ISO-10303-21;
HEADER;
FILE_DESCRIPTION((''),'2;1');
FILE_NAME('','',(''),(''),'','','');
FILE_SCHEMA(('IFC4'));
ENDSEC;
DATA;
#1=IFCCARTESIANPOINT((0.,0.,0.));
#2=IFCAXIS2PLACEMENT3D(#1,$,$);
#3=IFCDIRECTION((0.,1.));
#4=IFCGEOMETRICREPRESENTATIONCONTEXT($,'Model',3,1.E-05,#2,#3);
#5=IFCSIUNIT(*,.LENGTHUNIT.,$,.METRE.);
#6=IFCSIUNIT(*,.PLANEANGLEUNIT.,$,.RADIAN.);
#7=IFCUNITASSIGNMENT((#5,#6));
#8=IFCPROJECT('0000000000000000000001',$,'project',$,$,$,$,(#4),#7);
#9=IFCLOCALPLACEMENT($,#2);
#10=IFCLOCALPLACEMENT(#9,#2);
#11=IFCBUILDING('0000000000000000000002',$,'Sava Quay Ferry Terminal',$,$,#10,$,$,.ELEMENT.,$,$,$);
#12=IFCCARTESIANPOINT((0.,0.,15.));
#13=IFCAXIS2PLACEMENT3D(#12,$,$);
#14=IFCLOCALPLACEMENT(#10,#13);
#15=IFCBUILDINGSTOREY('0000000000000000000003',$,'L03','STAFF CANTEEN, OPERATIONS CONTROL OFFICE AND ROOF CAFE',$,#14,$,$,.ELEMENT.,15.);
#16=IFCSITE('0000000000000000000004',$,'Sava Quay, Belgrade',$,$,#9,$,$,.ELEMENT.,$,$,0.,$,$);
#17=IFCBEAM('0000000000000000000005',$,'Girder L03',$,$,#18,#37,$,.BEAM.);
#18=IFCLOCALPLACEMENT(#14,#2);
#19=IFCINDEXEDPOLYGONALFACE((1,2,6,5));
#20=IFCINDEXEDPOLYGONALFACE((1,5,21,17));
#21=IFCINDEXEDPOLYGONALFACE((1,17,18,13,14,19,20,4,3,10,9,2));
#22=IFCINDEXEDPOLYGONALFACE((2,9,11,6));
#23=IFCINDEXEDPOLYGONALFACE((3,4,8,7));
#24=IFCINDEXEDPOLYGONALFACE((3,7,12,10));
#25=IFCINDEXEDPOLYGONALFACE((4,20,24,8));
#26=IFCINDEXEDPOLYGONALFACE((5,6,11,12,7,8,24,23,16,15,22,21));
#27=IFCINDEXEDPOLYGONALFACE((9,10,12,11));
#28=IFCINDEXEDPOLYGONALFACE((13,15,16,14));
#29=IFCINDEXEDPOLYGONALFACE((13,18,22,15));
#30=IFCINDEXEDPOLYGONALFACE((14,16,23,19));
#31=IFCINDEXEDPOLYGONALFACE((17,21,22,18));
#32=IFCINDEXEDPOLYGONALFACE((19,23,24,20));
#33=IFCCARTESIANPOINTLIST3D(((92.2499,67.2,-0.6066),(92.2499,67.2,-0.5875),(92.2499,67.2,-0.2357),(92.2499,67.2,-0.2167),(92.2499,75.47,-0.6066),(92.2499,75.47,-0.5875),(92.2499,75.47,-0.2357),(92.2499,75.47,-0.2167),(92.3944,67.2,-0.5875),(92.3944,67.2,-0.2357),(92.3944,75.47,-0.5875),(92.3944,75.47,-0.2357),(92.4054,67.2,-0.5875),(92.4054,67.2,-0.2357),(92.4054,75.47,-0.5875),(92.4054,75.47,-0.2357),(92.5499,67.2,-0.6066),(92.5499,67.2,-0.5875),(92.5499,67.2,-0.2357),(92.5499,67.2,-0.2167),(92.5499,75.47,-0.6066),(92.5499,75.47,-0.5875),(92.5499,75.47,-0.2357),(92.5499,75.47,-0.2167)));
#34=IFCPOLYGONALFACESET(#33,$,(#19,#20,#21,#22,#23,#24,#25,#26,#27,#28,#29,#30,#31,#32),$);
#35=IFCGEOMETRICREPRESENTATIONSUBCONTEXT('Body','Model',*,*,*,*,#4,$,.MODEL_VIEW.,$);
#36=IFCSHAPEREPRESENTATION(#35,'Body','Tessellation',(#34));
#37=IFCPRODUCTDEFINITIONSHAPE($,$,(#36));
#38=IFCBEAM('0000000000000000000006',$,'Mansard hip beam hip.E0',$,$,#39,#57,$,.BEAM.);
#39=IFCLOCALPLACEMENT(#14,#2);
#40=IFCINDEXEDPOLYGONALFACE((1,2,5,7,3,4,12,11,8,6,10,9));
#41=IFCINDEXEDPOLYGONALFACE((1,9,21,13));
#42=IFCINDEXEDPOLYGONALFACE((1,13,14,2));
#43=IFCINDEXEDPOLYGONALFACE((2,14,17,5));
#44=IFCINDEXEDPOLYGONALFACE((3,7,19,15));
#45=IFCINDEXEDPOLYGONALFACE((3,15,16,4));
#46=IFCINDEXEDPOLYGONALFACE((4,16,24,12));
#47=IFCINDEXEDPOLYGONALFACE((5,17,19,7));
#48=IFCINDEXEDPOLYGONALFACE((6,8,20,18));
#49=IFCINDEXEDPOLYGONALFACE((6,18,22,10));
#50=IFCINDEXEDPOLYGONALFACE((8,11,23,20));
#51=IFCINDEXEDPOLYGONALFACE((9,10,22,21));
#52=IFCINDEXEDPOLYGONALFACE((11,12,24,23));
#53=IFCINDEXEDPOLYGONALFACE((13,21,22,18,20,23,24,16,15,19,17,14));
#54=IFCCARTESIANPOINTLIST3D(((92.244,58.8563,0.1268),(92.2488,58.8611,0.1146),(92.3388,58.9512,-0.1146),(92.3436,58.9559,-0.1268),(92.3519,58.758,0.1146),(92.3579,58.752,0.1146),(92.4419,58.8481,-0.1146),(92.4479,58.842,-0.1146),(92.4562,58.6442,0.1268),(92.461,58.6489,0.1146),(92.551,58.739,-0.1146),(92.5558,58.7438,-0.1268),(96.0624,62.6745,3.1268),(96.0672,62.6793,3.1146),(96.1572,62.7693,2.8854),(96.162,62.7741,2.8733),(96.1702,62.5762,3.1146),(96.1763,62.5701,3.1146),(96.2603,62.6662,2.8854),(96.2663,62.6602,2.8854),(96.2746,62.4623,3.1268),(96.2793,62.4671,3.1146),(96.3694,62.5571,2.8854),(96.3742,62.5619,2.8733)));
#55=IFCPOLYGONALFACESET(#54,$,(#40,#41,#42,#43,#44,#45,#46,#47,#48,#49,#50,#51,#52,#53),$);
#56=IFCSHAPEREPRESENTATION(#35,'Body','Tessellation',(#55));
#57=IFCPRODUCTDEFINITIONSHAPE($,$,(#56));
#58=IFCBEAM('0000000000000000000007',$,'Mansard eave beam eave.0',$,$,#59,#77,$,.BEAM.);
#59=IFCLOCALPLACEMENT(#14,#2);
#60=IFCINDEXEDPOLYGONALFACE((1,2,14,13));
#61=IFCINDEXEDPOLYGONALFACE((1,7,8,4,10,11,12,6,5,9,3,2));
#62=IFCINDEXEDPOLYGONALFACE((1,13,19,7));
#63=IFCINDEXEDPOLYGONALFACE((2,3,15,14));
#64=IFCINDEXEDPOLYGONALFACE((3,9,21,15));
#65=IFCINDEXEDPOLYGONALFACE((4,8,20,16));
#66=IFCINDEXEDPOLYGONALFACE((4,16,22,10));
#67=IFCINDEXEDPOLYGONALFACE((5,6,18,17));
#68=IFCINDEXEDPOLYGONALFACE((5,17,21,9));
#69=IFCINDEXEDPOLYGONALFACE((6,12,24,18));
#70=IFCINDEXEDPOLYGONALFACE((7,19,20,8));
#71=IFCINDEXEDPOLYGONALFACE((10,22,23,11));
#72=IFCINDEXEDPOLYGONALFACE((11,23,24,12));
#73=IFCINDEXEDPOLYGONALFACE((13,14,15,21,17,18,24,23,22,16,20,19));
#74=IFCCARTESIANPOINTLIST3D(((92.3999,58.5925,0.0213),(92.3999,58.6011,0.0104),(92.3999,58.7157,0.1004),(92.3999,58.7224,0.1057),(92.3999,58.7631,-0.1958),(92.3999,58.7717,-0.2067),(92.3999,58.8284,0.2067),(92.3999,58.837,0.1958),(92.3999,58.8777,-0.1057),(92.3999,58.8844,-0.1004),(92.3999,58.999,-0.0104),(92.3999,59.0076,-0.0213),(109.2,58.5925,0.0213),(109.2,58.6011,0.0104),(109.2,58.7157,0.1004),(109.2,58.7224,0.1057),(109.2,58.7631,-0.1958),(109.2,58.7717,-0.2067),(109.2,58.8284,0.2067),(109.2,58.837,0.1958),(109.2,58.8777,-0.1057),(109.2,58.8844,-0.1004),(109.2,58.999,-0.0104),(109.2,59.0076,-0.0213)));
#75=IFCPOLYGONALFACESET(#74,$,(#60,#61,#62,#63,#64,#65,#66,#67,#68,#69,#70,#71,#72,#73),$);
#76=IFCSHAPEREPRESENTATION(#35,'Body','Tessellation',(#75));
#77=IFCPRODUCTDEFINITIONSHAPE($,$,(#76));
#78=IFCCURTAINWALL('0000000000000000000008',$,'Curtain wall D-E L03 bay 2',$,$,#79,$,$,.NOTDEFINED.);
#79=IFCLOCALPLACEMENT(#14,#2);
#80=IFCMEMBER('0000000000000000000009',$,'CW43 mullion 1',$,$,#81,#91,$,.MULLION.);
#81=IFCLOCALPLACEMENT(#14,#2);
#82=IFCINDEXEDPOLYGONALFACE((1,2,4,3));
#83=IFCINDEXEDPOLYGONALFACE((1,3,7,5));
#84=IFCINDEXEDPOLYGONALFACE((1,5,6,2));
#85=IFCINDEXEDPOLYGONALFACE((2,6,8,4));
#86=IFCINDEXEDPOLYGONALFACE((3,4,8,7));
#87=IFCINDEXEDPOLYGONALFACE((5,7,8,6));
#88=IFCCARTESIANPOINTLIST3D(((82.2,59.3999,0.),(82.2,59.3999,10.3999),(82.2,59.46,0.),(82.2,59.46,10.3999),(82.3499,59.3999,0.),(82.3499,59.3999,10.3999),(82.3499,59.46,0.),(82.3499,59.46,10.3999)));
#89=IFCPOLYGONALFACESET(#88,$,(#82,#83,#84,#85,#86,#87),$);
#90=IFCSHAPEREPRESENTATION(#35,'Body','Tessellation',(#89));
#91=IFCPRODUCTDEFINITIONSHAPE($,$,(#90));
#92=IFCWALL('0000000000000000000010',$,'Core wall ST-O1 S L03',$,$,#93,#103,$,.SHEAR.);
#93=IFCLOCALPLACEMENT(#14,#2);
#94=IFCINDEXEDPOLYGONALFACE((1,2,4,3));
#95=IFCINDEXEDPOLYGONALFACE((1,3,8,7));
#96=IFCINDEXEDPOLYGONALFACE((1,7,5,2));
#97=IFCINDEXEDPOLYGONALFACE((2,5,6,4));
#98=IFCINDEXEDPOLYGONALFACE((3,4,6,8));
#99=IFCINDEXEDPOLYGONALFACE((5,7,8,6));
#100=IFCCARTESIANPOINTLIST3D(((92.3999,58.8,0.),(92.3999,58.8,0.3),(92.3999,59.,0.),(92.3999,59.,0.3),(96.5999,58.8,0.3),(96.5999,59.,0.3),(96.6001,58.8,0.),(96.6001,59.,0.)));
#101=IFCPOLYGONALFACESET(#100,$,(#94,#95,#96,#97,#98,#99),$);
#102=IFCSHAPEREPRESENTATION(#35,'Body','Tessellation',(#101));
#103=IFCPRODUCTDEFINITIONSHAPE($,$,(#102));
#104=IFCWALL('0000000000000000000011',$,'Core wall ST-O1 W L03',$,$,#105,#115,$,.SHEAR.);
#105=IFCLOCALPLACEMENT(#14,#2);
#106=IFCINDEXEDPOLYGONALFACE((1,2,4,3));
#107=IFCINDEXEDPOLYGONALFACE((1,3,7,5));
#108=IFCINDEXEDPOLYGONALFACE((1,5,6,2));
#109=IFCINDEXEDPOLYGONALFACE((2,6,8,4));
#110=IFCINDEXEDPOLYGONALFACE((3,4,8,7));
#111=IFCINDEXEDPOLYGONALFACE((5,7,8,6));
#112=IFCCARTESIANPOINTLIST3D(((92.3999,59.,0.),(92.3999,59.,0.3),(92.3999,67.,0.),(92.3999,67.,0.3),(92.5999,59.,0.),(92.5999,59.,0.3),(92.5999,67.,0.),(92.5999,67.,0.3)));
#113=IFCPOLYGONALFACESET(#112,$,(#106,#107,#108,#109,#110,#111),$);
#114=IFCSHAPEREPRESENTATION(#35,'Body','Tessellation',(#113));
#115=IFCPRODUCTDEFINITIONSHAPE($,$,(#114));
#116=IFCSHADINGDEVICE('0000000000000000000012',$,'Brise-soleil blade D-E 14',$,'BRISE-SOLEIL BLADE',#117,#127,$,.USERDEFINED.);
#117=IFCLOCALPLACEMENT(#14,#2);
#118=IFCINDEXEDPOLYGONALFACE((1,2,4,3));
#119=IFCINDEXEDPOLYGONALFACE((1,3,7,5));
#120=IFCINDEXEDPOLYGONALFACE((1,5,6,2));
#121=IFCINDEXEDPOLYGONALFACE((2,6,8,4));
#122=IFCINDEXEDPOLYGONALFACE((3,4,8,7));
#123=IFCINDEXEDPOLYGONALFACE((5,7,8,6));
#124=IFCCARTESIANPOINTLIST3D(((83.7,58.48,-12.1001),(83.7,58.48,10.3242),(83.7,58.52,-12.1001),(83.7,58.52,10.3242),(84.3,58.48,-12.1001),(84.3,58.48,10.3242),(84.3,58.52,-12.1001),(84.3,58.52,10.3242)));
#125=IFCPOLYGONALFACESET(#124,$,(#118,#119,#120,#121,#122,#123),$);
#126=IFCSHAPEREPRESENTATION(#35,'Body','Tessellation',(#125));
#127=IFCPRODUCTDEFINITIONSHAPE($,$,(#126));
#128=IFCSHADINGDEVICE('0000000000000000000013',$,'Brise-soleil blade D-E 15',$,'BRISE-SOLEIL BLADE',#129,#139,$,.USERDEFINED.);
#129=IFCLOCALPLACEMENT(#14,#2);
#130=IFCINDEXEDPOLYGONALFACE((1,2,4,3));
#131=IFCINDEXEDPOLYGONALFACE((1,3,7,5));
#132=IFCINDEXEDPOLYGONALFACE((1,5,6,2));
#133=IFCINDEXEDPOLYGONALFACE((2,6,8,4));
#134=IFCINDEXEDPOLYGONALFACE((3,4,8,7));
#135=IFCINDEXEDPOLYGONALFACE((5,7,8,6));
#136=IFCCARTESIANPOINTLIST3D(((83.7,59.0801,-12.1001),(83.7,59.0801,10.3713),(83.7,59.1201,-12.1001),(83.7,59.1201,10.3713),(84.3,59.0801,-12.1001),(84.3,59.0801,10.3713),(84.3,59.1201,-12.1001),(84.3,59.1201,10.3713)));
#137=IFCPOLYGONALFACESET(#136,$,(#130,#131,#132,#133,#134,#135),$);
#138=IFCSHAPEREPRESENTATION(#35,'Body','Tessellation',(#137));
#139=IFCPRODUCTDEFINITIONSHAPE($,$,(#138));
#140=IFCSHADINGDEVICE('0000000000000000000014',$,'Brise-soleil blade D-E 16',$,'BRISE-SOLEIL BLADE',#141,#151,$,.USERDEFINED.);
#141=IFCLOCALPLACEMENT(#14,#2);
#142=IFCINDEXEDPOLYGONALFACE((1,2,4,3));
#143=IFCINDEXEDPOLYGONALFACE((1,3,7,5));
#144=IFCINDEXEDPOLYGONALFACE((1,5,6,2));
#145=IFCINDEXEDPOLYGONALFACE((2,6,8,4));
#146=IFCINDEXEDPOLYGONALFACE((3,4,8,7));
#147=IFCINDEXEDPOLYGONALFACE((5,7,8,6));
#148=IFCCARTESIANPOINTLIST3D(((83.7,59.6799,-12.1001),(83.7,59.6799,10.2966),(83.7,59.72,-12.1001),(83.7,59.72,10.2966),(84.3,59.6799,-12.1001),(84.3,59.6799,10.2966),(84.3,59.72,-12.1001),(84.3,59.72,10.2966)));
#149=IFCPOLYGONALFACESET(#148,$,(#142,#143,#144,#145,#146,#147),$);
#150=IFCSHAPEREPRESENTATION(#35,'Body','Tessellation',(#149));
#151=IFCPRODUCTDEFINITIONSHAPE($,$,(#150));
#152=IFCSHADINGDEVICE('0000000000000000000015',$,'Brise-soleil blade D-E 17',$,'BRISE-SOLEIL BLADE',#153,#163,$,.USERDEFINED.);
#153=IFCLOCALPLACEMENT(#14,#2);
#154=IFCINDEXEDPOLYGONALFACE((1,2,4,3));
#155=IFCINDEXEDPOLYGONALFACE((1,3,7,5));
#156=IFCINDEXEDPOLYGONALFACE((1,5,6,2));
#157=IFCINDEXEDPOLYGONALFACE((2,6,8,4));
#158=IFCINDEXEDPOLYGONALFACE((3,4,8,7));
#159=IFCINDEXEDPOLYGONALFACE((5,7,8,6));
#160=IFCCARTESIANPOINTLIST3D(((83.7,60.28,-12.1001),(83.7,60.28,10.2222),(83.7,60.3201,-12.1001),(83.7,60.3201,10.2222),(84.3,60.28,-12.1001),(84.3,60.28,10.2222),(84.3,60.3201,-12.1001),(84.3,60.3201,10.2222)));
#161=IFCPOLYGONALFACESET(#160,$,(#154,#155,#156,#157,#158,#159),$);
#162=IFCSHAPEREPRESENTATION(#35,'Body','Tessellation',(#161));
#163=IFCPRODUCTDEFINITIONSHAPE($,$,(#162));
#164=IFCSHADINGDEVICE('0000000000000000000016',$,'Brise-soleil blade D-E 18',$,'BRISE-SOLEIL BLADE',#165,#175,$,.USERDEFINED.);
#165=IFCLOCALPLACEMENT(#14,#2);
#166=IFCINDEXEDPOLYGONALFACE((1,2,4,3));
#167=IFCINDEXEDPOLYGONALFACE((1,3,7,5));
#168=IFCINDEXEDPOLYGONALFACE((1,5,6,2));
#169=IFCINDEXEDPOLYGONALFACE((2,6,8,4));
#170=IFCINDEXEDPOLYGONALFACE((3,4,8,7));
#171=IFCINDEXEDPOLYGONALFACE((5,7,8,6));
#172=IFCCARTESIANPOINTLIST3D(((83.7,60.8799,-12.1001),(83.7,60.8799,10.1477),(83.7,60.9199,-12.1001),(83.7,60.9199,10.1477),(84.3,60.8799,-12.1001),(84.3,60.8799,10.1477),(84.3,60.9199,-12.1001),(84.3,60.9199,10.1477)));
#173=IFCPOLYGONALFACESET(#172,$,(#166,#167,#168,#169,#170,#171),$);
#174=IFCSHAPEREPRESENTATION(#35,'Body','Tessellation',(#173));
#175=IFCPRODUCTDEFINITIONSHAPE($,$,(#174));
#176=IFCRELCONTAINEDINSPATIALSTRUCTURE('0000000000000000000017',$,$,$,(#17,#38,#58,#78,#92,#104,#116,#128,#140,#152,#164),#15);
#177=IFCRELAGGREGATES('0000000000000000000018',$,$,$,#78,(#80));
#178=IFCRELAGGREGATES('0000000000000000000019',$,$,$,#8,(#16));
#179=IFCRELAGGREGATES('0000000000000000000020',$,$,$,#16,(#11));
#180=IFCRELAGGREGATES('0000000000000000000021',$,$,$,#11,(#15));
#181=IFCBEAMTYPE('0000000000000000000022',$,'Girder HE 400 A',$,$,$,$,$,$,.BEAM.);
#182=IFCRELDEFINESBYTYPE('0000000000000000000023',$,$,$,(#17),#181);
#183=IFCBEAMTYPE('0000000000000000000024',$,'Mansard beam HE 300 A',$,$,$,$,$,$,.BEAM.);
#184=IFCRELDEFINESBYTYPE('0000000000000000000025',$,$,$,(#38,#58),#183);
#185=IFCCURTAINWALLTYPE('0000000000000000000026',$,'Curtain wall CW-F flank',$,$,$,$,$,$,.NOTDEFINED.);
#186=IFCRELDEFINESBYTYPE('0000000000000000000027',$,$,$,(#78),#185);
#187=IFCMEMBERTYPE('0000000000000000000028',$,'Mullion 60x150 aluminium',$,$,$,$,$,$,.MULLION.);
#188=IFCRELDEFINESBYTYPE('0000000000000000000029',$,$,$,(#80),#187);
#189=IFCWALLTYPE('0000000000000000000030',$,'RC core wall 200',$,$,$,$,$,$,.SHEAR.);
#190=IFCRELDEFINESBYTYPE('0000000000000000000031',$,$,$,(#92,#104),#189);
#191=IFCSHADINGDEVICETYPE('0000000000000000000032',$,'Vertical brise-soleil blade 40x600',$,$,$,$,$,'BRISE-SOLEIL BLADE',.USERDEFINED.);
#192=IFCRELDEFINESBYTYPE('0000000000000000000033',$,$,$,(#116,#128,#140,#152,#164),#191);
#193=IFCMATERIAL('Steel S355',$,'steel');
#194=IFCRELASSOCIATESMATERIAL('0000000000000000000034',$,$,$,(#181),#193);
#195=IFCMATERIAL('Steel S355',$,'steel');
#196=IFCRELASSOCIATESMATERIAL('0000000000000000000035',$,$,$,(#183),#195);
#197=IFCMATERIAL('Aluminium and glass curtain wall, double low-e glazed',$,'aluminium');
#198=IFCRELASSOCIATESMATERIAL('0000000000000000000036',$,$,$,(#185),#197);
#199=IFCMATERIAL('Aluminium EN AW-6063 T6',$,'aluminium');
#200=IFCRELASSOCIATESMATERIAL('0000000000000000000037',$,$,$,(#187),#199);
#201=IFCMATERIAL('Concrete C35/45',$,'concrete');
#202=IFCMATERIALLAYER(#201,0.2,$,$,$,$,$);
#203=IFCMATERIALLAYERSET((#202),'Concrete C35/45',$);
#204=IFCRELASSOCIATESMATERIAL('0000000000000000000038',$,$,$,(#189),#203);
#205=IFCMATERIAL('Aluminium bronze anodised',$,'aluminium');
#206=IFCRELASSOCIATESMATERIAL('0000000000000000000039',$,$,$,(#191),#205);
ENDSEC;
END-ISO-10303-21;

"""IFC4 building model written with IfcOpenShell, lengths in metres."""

from ifc_helpers import new_model, si_unit, direction, frame, origin, origin_2d, place, context, subcontext, project, spatial, polyline, rectangle, i_section, outline, extrude, material, layer, layer_set, material_profile, profile_set, type_object, element, aggregate, save


model = new_model("IFC4")

# Units and contexts
model_context = context("Model", 3, precision=1e-05, world=origin(), true_north=direction((0.0, 1.0)))
body_context = subcontext(model_context, "Body", "Model", "MODEL_VIEW")
ifc_project = project(units=[si_unit("LENGTHUNIT", "METRE"), si_unit("PLANEANGLEUNIT", "RADIAN")], contexts=[model_context])

# Site, building, storey
site_placement = place(None, origin())
site = spatial("IfcSite", under=ifc_project, at=site_placement, Name="Sava Quay, Belgrade", CompositionType="ELEMENT", RefElevation=0.0)
building_placement = place(site_placement, origin())
building = spatial("IfcBuilding", under=site, at=building_placement, Name="Sava Quay Ferry Terminal", CompositionType="ELEMENT")
storey_placement = place(building_placement, frame((0.0, 0.0, 15.0)))
storey = spatial("IfcBuildingStorey", under=building, at=storey_placement, Name="L03", Description="STAFF CANTEEN, OPERATIONS CONTROL OFFICE AND ROOF CAFE", CompositionType="ELEMENT", Elevation=15.0)

# Beams
ifc_material_1 = material(Name="Steel S355", Category="steel")
ifc_material_profile_1 = material_profile(ifc_material_1, i_section(OverallWidth=0.3, OverallDepth=0.3899, WebThickness=0.011, FlangeThickness=0.019, at=origin_2d()), Name="HE 400 A")
ifc_profile_set_1 = profile_set([ifc_material_profile_1], Name="Steel S355")
beam_type_1 = type_object("IfcBeamType", Name="Girder HE 400 A", PredefinedType="BEAM", material=ifc_profile_set_1)
beam_1_placement = place(storey_placement, frame((92.3999, 67.2, -0.4116), z_axis=(0.0, 1.0, 0.0), x_axis=(-1.0, 0.0, 0.0)))
element("IfcBeam", 1, at=beam_1_placement, inside=storey, type_object=beam_type_1, Name="Girder L03", PredefinedType="BEAM", context=body_context, shape_type="SweptSolid", body=[
    extrude(i_section(OverallWidth=0.3, OverallDepth=0.3899, WebThickness=0.011, FlangeThickness=0.019, at=origin_2d()), origin(), (0.0, 0.0, 1.0), 8.27),
])
ifc_material_2 = material(Name="Steel S355", Category="steel")
ifc_material_profile_2 = material_profile(ifc_material_2, i_section(OverallWidth=0.3, OverallDepth=0.29, WebThickness=0.0085, FlangeThickness=0.0139, at=origin_2d()), Name="HE 300 A")
ifc_profile_set_2 = profile_set([ifc_material_profile_2], Name="Steel S355")
beam_type_2 = type_object("IfcBeamType", Name="Mansard beam HE 300 A", PredefinedType="BEAM", material=ifc_profile_set_2)
beam_2_placement = place(storey_placement, frame((92.3999, 58.8, 0.0), z_axis=(0.618137, 0.618097, 0.485656), x_axis=(-0.707084, 0.707129, 0.0)))
element("IfcBeam", 2, at=beam_2_placement, inside=storey, type_object=beam_type_2, Name="Mansard hip beam hip.E0", PredefinedType="BEAM", context=body_context, shape_type="SweptSolid", body=[
    extrude(i_section(OverallWidth=0.3, OverallDepth=0.29, WebThickness=0.0085, FlangeThickness=0.0139, at=origin_2d()), origin(), (0.0, 0.0, 1.0), 6.1772),
])
beam_3_placement = place(storey_placement, frame((92.3999, 58.8, 0.0), z_axis=(1.0, 0.0, 0.0), x_axis=(0.0, 0.786318, 0.617822)))
element("IfcBeam", 3, at=beam_3_placement, inside=storey, type_object=beam_type_2, Name="Mansard eave beam eave.0", PredefinedType="BEAM", context=body_context, shape_type="SweptSolid", body=[
    extrude(i_section(OverallWidth=0.3, OverallDepth=0.29, WebThickness=0.0085, FlangeThickness=0.0139, at=origin_2d()), origin(), (0.0, 0.0, 1.0), 16.8),
])

# Curtain wall, member
ifc_material_3 = material(Name="Aluminium and glass curtain wall, double low-e glazed", Category="aluminium")
curtain_wall_type = type_object("IfcCurtainWallType", Name="Curtain wall CW-F flank", PredefinedType="NOTDEFINED", material=ifc_material_3)
curtain_wall_placement = place(storey_placement, origin())
curtain_wall = element("IfcCurtainWall", 4, at=curtain_wall_placement, inside=storey, type_object=curtain_wall_type, Name="Curtain wall D-E L03 bay 2", PredefinedType="NOTDEFINED")
ifc_material_4 = material(Name="Aluminium EN AW-6063 T6", Category="aluminium")
ifc_material_profile_3 = material_profile(ifc_material_4, rectangle(XDim=0.1499, YDim=0.0601, at=origin_2d()), Name="Mullion 60x150 aluminium")
ifc_profile_set_3 = profile_set([ifc_material_profile_3], Name="Aluminium EN AW-6063 T6")
member_type = type_object("IfcMemberType", Name="Mullion 60x150 aluminium", PredefinedType="MULLION", material=ifc_profile_set_3)
member_placement = place(storey_placement, frame((82.2749, 59.4299, 0.0), z_axis=(0.0, 0.0, 1.0), x_axis=(-1.0, 0.0, 0.0)))
member = element("IfcMember", 5, at=member_placement, type_object=member_type, Name="CW43 mullion 1", PredefinedType="MULLION", context=body_context, shape_type="SweptSolid", body=[
    extrude(rectangle(XDim=0.1499, YDim=0.0601, at=origin_2d()), origin(), (0.0, 0.0, 1.0), 10.3999),
])
aggregate(curtain_wall, [member])

# Walls
ifc_material_5 = material(Name="Concrete C35/45", Category="concrete")
ifc_layer = layer(ifc_material_5, 0.2)
ifc_layer_set = layer_set([ifc_layer], Name="Concrete C35/45")
wall_type = type_object("IfcWallType", Name="RC core wall 200", PredefinedType="SHEAR", material=ifc_layer_set)
wall_1_placement = place(storey_placement, frame((92.3999, 58.8999, 0.0), z_axis=(0.0, 0.0, 1.0), x_axis=(1.0, 0.0, 0.0)))
element("IfcWall", 6, at=wall_1_placement, inside=storey, type_object=wall_type, Name="Core wall ST-O1 S L03", PredefinedType="SHEAR", context=body_context, shape_type="SweptSolid", body=[
    extrude(outline(polyline([(0.0, 0.0), (4.2002, 0.0), (4.2, 0.3), (0.0, 0.3), (0.0, 0.0)])), frame((0.0, 0.1001, 0.0), z_axis=(0.0, -1.0, 0.0), x_axis=(1.0, 0.0, 0.0)), (0.0, 0.0, 1.0), 0.2),
])
wall_2_placement = place(storey_placement, frame((92.5, 59.0, 0.0), z_axis=(0.0, 0.0, 1.0), x_axis=(0.0, 1.0, 0.0)))
element("IfcWall", 7, at=wall_2_placement, inside=storey, type_object=wall_type, Name="Core wall ST-O1 W L03", PredefinedType="SHEAR", context=body_context, shape_type="SweptSolid", body=[
    extrude(outline(polyline([(0.0, 0.0), (8.0, 0.0), (8.0, 0.3), (0.0, 0.3), (0.0, 0.0)])), frame((0.0, 0.1001, 0.0), z_axis=(0.0, -1.0, 0.0), x_axis=(1.0, 0.0, 0.0)), (0.0, 0.0, 1.0), 0.2),
])

# Shading devices
ifc_material_6 = material(Name="Aluminium bronze anodised", Category="aluminium")
ifc_material_profile_4 = material_profile(ifc_material_6, rectangle(XDim=0.04, YDim=0.6001, at=origin_2d()), Name="Vertical brise-soleil blade 40x600")
ifc_profile_set_4 = profile_set([ifc_material_profile_4], Name="Aluminium bronze anodised")
shading_device_type = type_object("IfcShadingDeviceType", Name="Vertical brise-soleil blade 40x600", ElementType="BRISE-SOLEIL BLADE", PredefinedType="USERDEFINED", material=ifc_profile_set_4)
shading_device_1_placement = place(storey_placement, frame((84.0, 58.5, -12.1001), z_axis=(0.0, 0.0, 1.0), x_axis=(0.0, 1.0, 0.0)))
element("IfcShadingDevice", 8, at=shading_device_1_placement, inside=storey, type_object=shading_device_type, Name="Brise-soleil blade D-E 14", ObjectType="BRISE-SOLEIL BLADE", PredefinedType="USERDEFINED", context=body_context, shape_type="SweptSolid", body=[
    extrude(rectangle(XDim=0.04, YDim=0.6001, at=origin_2d()), origin(), (0.0, 0.0, 1.0), 22.4243),
])
shading_device_2_placement = place(storey_placement, frame((84.0, 59.1001, -12.1001), z_axis=(0.0, 0.0, 1.0), x_axis=(0.0, 1.0, 0.0)))
element("IfcShadingDevice", 9, at=shading_device_2_placement, inside=storey, type_object=shading_device_type, Name="Brise-soleil blade D-E 15", ObjectType="BRISE-SOLEIL BLADE", PredefinedType="USERDEFINED", context=body_context, shape_type="SweptSolid", body=[
    extrude(rectangle(XDim=0.04, YDim=0.6001, at=origin_2d()), origin(), (0.0, 0.0, 1.0), 22.4714),
])
shading_device_3_placement = place(storey_placement, frame((84.0, 59.7, -12.1001), z_axis=(0.0, 0.0, 1.0), x_axis=(0.0, 1.0, 0.0)))
element("IfcShadingDevice", 10, at=shading_device_3_placement, inside=storey, type_object=shading_device_type, Name="Brise-soleil blade D-E 16", ObjectType="BRISE-SOLEIL BLADE", PredefinedType="USERDEFINED", context=body_context, shape_type="SweptSolid", body=[
    extrude(rectangle(XDim=0.04, YDim=0.6001, at=origin_2d()), origin(), (0.0, 0.0, 1.0), 22.3967),
])
shading_device_4_placement = place(storey_placement, frame((84.0, 60.3, -12.1001), z_axis=(0.0, 0.0, 1.0), x_axis=(0.0, 1.0, 0.0)))
element("IfcShadingDevice", 11, at=shading_device_4_placement, inside=storey, type_object=shading_device_type, Name="Brise-soleil blade D-E 17", ObjectType="BRISE-SOLEIL BLADE", PredefinedType="USERDEFINED", context=body_context, shape_type="SweptSolid", body=[
    extrude(rectangle(XDim=0.04, YDim=0.6001, at=origin_2d()), origin(), (0.0, 0.0, 1.0), 22.3223),
])
shading_device_5_placement = place(storey_placement, frame((84.0, 60.8999, -12.1001), z_axis=(0.0, 0.0, 1.0), x_axis=(0.0, 1.0, 0.0)))
element("IfcShadingDevice", 12, at=shading_device_5_placement, inside=storey, type_object=shading_device_type, Name="Brise-soleil blade D-E 18", ObjectType="BRISE-SOLEIL BLADE", PredefinedType="USERDEFINED", context=body_context, shape_type="SweptSolid", body=[
    extrude(rectangle(XDim=0.04, YDim=0.6001, at=origin_2d()), origin(), (0.0, 0.0, 1.0), 22.2478),
])

save(model, "model.ifc")
